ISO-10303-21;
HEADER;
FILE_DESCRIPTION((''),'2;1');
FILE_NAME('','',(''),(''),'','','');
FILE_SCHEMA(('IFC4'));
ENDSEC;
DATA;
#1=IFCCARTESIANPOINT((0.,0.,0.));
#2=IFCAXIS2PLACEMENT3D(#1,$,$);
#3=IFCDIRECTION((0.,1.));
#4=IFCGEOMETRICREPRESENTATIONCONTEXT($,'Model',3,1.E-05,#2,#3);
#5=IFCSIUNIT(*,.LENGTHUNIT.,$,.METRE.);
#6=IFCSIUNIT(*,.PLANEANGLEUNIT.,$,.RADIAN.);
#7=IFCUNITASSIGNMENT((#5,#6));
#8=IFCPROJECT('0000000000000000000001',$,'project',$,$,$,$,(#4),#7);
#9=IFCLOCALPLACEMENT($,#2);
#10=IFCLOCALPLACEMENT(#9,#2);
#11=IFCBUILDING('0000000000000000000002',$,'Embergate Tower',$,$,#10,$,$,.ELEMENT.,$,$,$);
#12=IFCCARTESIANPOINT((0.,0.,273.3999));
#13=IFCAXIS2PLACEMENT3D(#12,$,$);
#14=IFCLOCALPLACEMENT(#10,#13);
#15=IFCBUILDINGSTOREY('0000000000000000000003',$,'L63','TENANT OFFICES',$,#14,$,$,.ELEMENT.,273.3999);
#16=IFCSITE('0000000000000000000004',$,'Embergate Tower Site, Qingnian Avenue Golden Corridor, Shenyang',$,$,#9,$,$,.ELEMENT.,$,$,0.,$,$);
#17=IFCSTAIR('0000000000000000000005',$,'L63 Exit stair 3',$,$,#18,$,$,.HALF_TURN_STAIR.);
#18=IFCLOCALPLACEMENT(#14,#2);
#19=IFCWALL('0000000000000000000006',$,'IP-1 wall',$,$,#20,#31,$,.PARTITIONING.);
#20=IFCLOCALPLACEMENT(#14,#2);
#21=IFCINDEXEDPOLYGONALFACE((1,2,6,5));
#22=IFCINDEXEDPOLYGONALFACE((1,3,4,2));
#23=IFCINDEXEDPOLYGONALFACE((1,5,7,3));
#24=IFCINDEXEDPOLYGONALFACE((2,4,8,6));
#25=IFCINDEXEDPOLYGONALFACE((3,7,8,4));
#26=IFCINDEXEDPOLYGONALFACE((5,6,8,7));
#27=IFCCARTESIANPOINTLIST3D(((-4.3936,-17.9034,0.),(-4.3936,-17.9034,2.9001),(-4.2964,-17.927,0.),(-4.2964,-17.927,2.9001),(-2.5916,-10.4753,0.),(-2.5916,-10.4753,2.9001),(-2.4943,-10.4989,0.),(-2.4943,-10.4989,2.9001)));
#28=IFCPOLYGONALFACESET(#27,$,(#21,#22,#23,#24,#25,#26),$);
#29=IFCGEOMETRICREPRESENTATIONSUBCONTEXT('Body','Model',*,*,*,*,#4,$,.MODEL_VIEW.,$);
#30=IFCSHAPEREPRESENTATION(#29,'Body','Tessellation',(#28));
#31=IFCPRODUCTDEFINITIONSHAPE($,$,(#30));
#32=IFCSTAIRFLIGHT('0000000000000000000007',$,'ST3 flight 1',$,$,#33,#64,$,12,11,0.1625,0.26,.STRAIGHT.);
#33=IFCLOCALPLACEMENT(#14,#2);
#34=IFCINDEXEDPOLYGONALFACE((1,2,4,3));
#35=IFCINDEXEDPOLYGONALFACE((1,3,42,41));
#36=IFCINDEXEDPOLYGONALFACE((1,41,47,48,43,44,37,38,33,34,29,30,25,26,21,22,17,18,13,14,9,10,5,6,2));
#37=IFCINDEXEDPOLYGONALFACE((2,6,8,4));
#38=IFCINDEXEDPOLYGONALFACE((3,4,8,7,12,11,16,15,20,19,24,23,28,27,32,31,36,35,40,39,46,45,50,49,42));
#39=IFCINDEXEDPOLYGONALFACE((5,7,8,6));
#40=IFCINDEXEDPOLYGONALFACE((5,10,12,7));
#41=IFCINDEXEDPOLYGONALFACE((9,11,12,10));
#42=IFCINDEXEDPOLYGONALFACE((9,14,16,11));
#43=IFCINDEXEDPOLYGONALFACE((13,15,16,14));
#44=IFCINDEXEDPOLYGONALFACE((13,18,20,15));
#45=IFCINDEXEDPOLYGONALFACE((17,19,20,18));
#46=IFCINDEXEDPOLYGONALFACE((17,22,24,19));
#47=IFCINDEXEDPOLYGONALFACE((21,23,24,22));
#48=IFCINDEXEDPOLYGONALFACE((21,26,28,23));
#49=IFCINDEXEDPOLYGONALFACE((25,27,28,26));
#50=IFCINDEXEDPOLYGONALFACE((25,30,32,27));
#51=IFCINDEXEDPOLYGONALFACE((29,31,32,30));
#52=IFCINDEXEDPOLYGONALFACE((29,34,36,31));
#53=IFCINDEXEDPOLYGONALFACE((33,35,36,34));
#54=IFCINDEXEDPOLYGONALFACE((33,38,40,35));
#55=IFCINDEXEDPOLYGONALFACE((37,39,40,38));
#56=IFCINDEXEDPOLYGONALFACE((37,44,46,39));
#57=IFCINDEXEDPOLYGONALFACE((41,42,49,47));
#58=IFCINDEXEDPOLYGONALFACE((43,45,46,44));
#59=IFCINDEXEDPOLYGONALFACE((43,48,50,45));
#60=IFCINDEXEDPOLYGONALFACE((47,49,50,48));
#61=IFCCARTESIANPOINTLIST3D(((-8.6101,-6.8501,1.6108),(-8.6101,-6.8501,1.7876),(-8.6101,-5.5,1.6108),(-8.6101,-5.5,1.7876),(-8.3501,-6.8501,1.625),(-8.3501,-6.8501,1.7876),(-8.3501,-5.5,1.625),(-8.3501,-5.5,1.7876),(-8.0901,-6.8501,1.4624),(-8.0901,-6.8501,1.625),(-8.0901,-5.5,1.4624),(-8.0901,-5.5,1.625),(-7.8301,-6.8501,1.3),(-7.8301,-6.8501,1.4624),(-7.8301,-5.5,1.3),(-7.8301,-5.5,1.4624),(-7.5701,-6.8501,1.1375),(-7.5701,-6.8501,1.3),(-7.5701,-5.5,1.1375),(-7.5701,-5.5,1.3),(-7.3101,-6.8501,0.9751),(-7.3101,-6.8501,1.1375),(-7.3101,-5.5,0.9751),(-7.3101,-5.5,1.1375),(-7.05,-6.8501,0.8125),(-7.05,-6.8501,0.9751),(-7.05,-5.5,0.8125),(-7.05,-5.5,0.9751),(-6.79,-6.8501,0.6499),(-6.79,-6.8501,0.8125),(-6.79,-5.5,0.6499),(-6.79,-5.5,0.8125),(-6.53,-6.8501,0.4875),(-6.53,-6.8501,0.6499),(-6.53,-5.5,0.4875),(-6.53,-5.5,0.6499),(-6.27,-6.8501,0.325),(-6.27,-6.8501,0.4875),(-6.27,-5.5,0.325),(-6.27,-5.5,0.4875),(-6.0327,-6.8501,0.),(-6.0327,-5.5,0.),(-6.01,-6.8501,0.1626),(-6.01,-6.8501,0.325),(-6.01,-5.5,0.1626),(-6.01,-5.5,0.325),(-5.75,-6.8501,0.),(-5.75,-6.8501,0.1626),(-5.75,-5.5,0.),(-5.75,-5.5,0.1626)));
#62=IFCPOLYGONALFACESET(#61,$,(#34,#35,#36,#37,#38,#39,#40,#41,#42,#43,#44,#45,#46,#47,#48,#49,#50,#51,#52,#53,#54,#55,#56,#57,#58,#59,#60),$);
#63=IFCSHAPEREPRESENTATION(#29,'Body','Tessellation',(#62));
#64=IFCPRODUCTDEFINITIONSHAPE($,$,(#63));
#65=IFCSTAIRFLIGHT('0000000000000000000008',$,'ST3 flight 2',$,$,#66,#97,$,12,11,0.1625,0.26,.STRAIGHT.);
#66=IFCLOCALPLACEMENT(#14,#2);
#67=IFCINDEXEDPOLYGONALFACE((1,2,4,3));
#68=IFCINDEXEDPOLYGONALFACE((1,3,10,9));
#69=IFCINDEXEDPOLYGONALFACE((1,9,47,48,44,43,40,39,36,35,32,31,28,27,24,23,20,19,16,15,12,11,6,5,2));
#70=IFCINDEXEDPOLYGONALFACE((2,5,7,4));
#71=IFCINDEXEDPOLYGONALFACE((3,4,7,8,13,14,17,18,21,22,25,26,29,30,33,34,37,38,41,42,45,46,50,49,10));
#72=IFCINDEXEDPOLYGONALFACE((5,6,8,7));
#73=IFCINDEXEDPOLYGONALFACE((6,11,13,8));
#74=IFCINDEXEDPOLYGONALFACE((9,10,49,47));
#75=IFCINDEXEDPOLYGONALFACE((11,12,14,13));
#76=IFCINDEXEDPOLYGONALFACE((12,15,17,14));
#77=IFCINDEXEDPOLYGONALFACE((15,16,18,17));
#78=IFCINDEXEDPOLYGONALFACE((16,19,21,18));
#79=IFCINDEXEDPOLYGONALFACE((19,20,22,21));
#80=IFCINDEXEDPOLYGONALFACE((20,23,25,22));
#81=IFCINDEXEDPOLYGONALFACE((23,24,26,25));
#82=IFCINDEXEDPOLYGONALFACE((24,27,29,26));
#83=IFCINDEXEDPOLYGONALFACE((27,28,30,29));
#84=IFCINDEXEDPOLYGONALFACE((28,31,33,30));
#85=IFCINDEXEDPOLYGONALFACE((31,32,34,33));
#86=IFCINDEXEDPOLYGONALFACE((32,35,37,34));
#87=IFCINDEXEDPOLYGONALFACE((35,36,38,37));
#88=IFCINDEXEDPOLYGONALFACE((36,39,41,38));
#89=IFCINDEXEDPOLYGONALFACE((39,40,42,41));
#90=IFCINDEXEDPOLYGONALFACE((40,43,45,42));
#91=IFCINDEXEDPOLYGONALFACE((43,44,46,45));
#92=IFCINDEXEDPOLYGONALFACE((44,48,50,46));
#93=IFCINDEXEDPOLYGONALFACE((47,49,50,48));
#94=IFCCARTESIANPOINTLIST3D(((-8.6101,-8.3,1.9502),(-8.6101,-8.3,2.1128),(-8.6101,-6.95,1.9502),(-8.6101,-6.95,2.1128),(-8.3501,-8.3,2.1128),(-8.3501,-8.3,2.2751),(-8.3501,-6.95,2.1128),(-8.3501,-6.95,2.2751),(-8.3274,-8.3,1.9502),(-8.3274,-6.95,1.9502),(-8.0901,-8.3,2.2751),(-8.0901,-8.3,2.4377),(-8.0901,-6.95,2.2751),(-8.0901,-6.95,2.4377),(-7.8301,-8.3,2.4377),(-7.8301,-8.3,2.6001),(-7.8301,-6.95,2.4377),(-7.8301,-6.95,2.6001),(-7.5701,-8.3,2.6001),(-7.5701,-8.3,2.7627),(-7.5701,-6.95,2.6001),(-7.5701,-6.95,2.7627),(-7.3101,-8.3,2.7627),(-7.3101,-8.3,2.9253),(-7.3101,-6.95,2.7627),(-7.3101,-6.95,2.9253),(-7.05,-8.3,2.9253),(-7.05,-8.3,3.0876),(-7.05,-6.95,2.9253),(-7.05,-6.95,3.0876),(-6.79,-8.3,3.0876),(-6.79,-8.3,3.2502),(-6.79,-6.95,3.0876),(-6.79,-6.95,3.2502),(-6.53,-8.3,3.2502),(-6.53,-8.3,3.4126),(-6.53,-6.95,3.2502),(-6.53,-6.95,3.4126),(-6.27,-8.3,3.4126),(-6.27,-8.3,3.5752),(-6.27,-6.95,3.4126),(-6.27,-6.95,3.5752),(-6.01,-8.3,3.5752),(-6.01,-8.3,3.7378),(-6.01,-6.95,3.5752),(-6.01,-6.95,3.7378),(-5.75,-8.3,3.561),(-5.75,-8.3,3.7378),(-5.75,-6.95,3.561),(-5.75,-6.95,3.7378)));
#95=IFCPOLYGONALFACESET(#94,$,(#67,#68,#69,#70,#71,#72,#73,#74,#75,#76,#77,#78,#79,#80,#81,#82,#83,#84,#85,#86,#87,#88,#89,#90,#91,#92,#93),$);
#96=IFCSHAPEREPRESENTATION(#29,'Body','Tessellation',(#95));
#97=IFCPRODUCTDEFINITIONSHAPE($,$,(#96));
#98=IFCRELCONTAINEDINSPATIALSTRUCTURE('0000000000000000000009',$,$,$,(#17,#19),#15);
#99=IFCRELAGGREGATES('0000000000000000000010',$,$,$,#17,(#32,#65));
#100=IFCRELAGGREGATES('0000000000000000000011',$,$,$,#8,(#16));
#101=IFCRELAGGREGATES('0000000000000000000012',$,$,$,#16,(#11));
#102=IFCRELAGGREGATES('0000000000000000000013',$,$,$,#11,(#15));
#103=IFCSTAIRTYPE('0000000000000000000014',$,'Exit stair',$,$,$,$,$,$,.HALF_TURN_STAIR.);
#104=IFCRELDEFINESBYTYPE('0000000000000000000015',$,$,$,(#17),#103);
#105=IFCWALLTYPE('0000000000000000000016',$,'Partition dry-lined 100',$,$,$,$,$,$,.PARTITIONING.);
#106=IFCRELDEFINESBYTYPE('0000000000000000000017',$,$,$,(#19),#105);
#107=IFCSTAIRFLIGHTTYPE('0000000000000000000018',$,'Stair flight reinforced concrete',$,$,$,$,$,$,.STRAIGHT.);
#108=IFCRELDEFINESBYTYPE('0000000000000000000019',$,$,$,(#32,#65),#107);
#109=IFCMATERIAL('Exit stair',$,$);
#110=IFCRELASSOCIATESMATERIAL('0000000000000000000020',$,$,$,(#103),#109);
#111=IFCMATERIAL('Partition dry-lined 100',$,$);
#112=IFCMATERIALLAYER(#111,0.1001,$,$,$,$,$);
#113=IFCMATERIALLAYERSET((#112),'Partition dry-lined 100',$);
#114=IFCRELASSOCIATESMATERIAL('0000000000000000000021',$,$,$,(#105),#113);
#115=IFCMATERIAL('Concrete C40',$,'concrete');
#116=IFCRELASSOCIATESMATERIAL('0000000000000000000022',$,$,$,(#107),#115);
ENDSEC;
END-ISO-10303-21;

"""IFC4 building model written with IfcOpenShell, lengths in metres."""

from ifc_helpers import new_model, si_unit, direction, frame, frame_2d, origin, place, context, subcontext, project, spatial, polyline, rectangle, outline, extrude, source, transform, mapped, material, layer, layer_set, type_object, element, aggregate, save


model = new_model("IFC4")

# Units and contexts
model_context = context("Model", 3, precision=1e-05, world=origin(), true_north=direction((0.0, 1.0)))
body_context = subcontext(model_context, "Body", "Model", "MODEL_VIEW")
ifc_project = project(units=[si_unit("LENGTHUNIT", "METRE"), si_unit("PLANEANGLEUNIT", "RADIAN")], contexts=[model_context])

# Site, building, storey
site_placement = place(None, origin())
site = spatial("IfcSite", under=ifc_project, at=site_placement, Name="Embergate Tower Site, Qingnian Avenue Golden Corridor, Shenyang", CompositionType="ELEMENT", RefElevation=0.0)
building_placement = place(site_placement, origin())
building = spatial("IfcBuilding", under=site, at=building_placement, Name="Embergate Tower", CompositionType="ELEMENT")
storey_placement = place(building_placement, frame((0.0, 0.0, 273.3999)))
storey = spatial("IfcBuildingStorey", under=building, at=storey_placement, Name="L63", Description="TENANT OFFICES", CompositionType="ELEMENT", Elevation=273.3999)

# Stair
ifc_material_1 = material(Name="Exit stair")
stair_type = type_object("IfcStairType", Name="Exit stair", PredefinedType="HALF_TURN_STAIR", material=ifc_material_1)
stair_placement = place(storey_placement, origin())
stair = element("IfcStair", 1, at=stair_placement, inside=storey, type_object=stair_type, Name="L63 Exit stair 3", PredefinedType="HALF_TURN_STAIR")
ifc_material_2 = material(Name="Concrete C40", Category="concrete")

# Wall
ifc_material_3 = material(Name="Partition dry-lined 100")
ifc_layer_1 = layer(ifc_material_3, 0.1001)
ifc_layer_set_1 = layer_set([ifc_layer_1], Name="Partition dry-lined 100")
wall_type_1 = type_object("IfcWallType", Name="Partition dry-lined 100", PredefinedType="PARTITIONING", material=ifc_layer_set_1)
shared_shape_1 = source(origin(), body_context, "Body", "SweptSolid", [
    extrude(rectangle(XDim=7.6436, YDim=0.1001, at=frame_2d((3.8218, 0.0))), origin(), (0.0, 0.0, 1.0), 2.9001),
])
wall_1_placement = place(storey_placement, frame((-2.543, -10.4871, 0.0), z_axis=(0.0, 0.0, 1.0), x_axis=(-0.235758, -0.971812, 0.0)))
element("IfcWall", 2, at=wall_1_placement, inside=storey, type_object=wall_type_1, Name="IP-1 wall", PredefinedType="PARTITIONING", context=body_context, shape_type="MappedRepresentation", body=[
    mapped(shared_shape_1, transform((0.0, 0.0, 0.0))),
])

# Stair flights
stair_flight_type = type_object("IfcStairFlightType", Name="Stair flight reinforced concrete", PredefinedType="STRAIGHT", material=ifc_material_2)
shared_shape_2 = source(origin(), body_context, "Body", "SweptSolid", [
    extrude(outline(polyline([(0.0, 0.0), (0.0, 0.1626), (0.26, 0.1626), (0.26, 0.325), (0.52, 0.325), (0.52, 0.4875), (0.78, 0.4875), (0.78, 0.6499), (1.04, 0.6499), (1.04, 0.8125), (1.3, 0.8125), (1.3, 0.9751), (1.5601, 0.9751), (1.5601, 1.1375), (1.8201, 1.1375), (1.8201, 1.3), (2.0801, 1.3), (2.0801, 1.4624), (2.3401, 1.4624), (2.3401, 1.625), (2.6001, 1.625), (2.6001, 1.7876), (2.8601, 1.7876), (2.8601, 1.95), (2.8601, 1.6108), (0.2827, 0.0), (0.0, 0.0)])), frame((0.0, 0.675, 0.0), z_axis=(0.0, -1.0, 0.0), x_axis=(1.0, 0.0, 0.0)), (0.0, 0.0, 1.0), 1.3501),
])
stair_flight_1_placement = place(storey_placement, frame((-5.75, -6.175, 0.0), z_axis=(0.0, 0.0, 1.0), x_axis=(-1.0, 0.0, 0.0)))
stair_flight_1 = element("IfcStairFlight", 3, at=stair_flight_1_placement, type_object=stair_flight_type, Name="ST3 flight 1", NumberOfRisers=12, NumberOfTreads=11, PredefinedType="STRAIGHT", RiserHeight=0.1625, TreadLength=0.26, context=body_context, shape_type="MappedRepresentation", body=[
    mapped(shared_shape_2, transform((0.0, 0.0, 0.0))),
])
stair_flight_2_placement = place(storey_placement, frame((-8.6101, -7.625, 1.9502), z_axis=(0.0, 0.0, 1.0), x_axis=(1.0, 0.0, 0.0)))
stair_flight_2 = element("IfcStairFlight", 4, at=stair_flight_2_placement, type_object=stair_flight_type, Name="ST3 flight 2", NumberOfRisers=12, NumberOfTreads=11, PredefinedType="STRAIGHT", RiserHeight=0.1625, TreadLength=0.26, context=body_context, shape_type="MappedRepresentation", body=[
    mapped(shared_shape_2, transform((0.0, 0.0, 0.0))),
])
aggregate(stair, [stair_flight_1, stair_flight_2])

save(model, "model.ifc")
